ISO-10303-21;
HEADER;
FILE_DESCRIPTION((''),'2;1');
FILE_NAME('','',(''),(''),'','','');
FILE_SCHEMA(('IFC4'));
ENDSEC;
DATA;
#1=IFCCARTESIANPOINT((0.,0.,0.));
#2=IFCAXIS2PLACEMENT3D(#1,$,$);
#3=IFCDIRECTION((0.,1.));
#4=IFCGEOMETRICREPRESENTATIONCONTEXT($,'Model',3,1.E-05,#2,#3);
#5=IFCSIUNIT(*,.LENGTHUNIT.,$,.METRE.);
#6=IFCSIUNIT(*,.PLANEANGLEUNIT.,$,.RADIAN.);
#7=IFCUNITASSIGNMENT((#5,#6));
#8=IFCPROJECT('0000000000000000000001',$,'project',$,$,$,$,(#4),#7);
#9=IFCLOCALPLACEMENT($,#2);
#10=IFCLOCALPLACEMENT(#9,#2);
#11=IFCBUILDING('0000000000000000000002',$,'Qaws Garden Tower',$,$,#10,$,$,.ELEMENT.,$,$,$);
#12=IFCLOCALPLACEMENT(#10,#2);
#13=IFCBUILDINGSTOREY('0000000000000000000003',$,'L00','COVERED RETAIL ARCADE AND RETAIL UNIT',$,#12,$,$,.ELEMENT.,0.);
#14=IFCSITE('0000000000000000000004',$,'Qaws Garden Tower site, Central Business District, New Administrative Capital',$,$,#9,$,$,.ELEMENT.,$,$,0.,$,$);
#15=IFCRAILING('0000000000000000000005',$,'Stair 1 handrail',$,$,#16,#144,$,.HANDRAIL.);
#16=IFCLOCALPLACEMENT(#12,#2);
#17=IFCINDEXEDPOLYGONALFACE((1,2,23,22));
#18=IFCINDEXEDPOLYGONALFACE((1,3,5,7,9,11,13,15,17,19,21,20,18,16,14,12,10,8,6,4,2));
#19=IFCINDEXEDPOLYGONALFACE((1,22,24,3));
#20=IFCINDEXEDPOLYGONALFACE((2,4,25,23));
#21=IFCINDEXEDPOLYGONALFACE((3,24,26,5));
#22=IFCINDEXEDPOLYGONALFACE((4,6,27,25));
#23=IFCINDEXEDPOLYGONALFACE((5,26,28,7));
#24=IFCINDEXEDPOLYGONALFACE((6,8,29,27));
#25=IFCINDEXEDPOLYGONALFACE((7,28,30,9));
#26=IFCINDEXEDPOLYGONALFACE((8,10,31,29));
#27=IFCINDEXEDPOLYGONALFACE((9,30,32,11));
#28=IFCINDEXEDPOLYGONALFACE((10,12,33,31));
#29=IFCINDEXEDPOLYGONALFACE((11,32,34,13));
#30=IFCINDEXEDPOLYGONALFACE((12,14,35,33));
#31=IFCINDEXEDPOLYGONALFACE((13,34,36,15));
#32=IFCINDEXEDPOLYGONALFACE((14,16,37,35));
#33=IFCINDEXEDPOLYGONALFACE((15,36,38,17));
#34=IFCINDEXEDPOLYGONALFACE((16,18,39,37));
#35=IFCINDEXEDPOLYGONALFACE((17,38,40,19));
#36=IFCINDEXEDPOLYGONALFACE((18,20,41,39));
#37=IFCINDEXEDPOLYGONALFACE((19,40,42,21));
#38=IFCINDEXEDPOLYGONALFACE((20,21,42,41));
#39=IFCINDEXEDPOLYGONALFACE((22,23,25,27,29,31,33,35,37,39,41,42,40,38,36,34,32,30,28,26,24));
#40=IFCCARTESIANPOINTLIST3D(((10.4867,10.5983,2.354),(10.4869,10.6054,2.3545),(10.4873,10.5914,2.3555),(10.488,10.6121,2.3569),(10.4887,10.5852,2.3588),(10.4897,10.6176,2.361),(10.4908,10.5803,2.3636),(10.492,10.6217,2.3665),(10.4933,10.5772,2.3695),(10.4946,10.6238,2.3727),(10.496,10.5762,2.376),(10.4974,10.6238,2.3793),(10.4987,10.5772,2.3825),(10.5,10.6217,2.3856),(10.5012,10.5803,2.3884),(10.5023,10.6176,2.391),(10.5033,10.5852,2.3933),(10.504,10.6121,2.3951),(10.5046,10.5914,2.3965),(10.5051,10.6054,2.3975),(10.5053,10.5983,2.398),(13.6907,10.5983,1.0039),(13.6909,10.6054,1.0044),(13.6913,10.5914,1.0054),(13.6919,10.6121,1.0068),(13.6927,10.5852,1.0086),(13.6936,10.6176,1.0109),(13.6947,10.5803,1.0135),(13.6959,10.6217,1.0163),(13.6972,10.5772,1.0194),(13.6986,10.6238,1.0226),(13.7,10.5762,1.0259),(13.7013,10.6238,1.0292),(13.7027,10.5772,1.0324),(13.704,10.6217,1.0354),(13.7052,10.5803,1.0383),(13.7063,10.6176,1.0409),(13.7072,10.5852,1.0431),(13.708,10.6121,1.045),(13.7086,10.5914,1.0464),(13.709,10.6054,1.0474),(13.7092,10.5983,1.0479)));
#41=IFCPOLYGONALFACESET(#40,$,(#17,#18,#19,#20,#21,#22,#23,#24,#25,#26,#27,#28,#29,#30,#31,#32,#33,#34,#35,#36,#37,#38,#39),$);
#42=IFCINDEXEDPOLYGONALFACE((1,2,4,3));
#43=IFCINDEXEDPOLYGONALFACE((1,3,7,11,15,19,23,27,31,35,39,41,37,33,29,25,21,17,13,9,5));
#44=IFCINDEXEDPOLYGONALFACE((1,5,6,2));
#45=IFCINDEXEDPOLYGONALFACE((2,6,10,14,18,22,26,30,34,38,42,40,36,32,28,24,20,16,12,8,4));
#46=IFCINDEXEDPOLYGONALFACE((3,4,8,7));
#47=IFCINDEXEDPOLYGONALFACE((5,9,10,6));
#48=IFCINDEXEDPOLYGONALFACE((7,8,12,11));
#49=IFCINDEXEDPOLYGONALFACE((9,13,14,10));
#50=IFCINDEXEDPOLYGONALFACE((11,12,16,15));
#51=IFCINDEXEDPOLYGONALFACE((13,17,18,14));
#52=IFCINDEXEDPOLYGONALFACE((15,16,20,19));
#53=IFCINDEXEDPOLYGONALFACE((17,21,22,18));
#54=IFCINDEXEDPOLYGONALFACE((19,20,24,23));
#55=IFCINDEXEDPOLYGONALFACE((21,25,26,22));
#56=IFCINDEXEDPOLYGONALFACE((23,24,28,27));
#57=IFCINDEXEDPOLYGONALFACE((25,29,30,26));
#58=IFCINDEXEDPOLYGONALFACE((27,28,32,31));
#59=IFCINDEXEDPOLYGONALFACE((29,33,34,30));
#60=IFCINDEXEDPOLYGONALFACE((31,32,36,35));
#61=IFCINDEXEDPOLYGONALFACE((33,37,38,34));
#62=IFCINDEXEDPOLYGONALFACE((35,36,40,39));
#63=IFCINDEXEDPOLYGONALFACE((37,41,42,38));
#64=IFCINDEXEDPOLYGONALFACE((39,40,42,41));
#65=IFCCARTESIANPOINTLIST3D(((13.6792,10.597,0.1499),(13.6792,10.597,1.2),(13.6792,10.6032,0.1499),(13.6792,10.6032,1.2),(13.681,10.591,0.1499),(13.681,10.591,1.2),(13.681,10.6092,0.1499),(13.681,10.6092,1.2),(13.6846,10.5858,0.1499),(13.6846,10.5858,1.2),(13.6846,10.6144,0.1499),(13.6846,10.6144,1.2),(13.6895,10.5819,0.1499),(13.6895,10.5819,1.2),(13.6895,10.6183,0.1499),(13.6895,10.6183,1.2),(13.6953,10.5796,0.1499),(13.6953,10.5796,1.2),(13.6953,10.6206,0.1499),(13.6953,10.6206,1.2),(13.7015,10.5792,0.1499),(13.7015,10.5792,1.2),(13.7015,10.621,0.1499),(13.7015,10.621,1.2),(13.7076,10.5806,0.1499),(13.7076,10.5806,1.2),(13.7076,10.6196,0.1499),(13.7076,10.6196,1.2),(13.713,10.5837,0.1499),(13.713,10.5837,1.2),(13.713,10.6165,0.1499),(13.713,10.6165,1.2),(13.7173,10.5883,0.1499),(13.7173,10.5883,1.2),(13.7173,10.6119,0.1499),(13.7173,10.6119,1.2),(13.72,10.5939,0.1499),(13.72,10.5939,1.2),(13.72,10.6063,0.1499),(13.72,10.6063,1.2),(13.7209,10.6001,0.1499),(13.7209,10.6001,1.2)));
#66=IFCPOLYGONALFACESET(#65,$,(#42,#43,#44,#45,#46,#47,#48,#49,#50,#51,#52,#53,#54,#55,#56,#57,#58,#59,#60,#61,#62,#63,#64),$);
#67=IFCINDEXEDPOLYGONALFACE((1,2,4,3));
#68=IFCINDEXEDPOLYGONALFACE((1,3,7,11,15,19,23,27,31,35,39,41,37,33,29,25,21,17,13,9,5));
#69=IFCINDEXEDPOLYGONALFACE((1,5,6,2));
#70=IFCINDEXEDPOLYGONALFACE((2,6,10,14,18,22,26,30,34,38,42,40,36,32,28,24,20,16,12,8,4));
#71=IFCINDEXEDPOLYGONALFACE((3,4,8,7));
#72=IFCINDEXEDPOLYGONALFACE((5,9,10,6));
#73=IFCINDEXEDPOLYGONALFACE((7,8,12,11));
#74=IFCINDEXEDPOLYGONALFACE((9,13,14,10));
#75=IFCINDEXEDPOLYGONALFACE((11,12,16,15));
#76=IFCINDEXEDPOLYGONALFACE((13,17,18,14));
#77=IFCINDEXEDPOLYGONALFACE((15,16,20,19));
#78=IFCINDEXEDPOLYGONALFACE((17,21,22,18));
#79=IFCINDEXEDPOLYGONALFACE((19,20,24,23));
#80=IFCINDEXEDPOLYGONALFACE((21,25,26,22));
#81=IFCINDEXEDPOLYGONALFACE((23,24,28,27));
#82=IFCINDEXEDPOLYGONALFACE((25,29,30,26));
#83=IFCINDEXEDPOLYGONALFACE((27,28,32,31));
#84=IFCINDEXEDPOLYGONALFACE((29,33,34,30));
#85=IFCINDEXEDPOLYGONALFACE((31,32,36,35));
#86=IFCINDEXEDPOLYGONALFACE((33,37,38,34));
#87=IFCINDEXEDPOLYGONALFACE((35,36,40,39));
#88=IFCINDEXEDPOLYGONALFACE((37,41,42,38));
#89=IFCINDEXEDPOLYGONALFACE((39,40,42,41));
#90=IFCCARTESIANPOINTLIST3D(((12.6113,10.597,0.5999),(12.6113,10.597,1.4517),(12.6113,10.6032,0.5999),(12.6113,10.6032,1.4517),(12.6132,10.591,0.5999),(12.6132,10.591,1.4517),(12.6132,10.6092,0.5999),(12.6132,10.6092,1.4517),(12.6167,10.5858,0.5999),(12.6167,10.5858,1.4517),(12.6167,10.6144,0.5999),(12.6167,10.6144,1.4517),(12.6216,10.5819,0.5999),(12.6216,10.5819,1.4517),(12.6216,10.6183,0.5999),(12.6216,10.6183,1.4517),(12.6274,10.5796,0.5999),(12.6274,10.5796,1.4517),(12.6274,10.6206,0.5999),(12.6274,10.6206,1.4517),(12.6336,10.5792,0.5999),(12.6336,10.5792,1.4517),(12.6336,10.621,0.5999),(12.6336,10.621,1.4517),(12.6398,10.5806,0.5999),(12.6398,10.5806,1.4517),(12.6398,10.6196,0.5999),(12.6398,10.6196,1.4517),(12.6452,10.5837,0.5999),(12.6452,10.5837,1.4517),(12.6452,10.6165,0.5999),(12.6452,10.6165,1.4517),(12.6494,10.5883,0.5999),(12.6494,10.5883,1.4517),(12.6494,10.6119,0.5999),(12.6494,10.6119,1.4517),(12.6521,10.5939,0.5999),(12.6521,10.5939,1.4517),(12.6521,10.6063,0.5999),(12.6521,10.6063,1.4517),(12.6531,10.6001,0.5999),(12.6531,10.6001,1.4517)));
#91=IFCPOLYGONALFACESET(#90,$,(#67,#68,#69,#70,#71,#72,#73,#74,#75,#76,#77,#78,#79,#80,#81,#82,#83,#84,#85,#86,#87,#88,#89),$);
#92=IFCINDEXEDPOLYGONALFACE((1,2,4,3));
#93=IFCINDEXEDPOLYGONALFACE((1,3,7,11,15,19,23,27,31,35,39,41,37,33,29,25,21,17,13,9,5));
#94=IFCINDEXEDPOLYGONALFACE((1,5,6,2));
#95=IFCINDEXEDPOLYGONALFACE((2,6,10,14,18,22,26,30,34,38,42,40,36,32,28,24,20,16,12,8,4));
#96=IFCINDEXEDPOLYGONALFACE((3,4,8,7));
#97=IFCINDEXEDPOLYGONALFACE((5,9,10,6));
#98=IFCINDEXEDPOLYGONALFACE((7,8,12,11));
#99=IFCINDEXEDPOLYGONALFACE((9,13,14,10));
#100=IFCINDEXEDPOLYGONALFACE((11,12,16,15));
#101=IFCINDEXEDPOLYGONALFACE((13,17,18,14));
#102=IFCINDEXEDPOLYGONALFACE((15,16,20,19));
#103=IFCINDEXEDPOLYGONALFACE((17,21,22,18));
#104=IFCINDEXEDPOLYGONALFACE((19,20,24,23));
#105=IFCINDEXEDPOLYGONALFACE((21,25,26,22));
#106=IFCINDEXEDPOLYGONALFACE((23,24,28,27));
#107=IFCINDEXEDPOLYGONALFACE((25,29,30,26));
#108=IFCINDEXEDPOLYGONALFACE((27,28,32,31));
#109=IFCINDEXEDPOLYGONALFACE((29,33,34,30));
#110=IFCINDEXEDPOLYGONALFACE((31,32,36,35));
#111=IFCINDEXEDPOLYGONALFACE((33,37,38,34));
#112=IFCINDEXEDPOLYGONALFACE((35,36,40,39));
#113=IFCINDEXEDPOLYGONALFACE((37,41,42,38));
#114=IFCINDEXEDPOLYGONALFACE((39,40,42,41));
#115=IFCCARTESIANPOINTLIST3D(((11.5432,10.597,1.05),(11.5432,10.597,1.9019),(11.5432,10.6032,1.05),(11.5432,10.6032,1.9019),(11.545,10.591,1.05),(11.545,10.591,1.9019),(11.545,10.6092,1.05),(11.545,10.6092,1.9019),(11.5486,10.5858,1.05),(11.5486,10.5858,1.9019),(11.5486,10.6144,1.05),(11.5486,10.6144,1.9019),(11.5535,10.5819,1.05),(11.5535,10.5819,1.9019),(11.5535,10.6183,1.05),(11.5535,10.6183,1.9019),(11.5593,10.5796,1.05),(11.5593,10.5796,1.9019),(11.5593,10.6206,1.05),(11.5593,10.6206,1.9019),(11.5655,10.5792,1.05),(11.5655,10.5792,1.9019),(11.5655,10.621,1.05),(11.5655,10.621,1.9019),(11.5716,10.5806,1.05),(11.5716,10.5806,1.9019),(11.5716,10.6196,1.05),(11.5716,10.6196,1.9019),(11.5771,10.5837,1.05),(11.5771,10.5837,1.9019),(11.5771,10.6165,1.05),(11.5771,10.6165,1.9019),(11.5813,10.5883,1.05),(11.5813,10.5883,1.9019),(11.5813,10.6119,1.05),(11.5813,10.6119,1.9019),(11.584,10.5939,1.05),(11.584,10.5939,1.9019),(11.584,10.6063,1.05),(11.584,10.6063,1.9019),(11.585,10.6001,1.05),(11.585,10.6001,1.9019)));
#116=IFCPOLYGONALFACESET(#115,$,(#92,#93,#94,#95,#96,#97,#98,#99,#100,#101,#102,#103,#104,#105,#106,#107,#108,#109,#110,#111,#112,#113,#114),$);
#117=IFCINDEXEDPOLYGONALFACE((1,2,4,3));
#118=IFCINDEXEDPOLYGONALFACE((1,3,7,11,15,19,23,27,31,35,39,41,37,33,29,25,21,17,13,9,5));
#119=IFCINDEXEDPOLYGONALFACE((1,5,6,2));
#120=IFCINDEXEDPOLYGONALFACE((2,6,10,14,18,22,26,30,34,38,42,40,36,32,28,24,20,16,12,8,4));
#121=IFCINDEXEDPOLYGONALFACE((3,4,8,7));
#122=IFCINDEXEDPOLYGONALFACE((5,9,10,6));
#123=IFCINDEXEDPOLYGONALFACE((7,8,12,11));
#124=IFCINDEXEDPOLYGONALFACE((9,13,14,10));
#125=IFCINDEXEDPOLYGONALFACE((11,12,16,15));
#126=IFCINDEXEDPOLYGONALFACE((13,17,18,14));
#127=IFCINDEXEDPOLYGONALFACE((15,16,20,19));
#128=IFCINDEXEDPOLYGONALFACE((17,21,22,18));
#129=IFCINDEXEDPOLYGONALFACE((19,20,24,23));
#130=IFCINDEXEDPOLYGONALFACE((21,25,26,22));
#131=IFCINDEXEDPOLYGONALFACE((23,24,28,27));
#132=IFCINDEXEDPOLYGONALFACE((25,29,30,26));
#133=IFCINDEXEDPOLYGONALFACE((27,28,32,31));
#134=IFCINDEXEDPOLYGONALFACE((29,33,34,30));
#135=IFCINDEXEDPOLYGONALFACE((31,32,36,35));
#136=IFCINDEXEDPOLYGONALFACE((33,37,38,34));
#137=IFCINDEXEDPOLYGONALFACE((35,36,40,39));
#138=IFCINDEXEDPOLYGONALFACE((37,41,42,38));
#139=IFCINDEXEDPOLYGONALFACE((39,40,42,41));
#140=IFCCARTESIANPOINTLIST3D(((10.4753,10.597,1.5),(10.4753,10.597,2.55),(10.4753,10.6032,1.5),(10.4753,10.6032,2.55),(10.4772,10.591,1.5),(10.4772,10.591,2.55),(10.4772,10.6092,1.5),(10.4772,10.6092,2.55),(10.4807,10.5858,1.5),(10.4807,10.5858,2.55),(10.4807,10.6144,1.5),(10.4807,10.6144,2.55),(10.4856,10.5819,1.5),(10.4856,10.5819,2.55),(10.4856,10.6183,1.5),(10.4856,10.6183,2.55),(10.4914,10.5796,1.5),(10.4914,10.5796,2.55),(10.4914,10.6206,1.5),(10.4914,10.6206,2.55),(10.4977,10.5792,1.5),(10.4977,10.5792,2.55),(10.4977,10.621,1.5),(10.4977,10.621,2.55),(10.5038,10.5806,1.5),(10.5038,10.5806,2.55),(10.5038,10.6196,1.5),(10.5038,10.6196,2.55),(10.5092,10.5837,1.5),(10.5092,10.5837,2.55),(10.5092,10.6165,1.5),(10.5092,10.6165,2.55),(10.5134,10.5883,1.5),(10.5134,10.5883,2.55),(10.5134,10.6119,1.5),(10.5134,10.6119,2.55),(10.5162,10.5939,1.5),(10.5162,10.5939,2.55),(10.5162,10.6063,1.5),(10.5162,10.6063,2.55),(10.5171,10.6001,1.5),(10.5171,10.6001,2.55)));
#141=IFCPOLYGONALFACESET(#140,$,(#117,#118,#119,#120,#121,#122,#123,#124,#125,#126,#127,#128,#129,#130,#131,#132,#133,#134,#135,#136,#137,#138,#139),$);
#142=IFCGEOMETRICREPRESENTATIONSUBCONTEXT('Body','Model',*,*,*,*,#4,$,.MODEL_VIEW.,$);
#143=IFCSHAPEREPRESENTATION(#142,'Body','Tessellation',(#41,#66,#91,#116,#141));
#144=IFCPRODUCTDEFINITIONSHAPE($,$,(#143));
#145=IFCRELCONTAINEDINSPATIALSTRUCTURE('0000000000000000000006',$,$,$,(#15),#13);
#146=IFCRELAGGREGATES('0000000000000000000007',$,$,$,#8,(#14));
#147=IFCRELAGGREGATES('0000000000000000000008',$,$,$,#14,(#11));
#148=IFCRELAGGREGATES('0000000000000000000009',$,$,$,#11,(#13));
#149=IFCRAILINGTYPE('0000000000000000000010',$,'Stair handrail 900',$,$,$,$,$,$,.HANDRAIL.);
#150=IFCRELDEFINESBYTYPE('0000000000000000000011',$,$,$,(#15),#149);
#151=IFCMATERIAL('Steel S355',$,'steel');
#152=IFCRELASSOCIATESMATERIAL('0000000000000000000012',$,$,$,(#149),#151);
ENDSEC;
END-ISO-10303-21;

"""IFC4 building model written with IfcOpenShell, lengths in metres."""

from ifc_helpers import new_model, si_unit, direction, frame, origin, origin_2d, place, context, subcontext, project, spatial, circle, extrude, material, type_object, element, save


model = new_model("IFC4")

# Units and contexts
model_context = context("Model", 3, precision=1e-05, world=origin(), true_north=direction((0.0, 1.0)))
body_context = subcontext(model_context, "Body", "Model", "MODEL_VIEW")
ifc_project = project(units=[si_unit("LENGTHUNIT", "METRE"), si_unit("PLANEANGLEUNIT", "RADIAN")], contexts=[model_context])

# Site, building, storey
site_placement = place(None, origin())
site = spatial("IfcSite", under=ifc_project, at=site_placement, Name="Qaws Garden Tower site, Central Business District, New Administrative Capital", CompositionType="ELEMENT", RefElevation=0.0)
building_placement = place(site_placement, origin())
building = spatial("IfcBuilding", under=site, at=building_placement, Name="Qaws Garden Tower", CompositionType="ELEMENT")
storey_placement = place(building_placement, origin())
storey = spatial("IfcBuildingStorey", under=building, at=storey_placement, Name="L00", Description="COVERED RETAIL ARCADE AND RETAIL UNIT", CompositionType="ELEMENT", Elevation=0.0)

# Railing
ifc_material_1 = material(Name="Steel S355", Category="steel")
railing_type_1 = type_object("IfcRailingType", Name="Stair handrail 900", PredefinedType="HANDRAIL", material=ifc_material_1)
for number, where, name in (
    (1, (13.7, 10.6001, 0.1499), "Stair 1 handrail"),
):
    element("IfcRailing", number, at=place(storey_placement, frame(where)), inside=storey, type_object=railing_type_1, Name=name, PredefinedType="HANDRAIL", context=body_context, shape_type="SweptSolid", body=[
        extrude(circle(Radius=0.0239, at=origin_2d()), frame((0.0, 0.0, 0.876), z_axis=(-0.921522, 0.0, 0.388327), x_axis=(0.0, -1.0, 0.0)), (0.0, 0.0, 1.0), 3.4768),
        extrude(circle(Radius=0.021, at=origin_2d()), origin(), (0.0, 0.0, 1.0), 1.05),
        extrude(circle(Radius=0.021, at=origin_2d()), frame((-1.0679, 0.0, 0.45)), (0.0, 0.0, 1.0), 0.8518),
        extrude(circle(Radius=0.021, at=origin_2d()), frame((-2.136, 0.0, 0.9001)), (0.0, 0.0, 1.0), 0.8518),
        extrude(circle(Radius=0.021, at=origin_2d()), frame((-3.2039, 0.0, 1.3501)), (0.0, 0.0, 1.0), 1.05),
    ])

save(model, "model.ifc")
